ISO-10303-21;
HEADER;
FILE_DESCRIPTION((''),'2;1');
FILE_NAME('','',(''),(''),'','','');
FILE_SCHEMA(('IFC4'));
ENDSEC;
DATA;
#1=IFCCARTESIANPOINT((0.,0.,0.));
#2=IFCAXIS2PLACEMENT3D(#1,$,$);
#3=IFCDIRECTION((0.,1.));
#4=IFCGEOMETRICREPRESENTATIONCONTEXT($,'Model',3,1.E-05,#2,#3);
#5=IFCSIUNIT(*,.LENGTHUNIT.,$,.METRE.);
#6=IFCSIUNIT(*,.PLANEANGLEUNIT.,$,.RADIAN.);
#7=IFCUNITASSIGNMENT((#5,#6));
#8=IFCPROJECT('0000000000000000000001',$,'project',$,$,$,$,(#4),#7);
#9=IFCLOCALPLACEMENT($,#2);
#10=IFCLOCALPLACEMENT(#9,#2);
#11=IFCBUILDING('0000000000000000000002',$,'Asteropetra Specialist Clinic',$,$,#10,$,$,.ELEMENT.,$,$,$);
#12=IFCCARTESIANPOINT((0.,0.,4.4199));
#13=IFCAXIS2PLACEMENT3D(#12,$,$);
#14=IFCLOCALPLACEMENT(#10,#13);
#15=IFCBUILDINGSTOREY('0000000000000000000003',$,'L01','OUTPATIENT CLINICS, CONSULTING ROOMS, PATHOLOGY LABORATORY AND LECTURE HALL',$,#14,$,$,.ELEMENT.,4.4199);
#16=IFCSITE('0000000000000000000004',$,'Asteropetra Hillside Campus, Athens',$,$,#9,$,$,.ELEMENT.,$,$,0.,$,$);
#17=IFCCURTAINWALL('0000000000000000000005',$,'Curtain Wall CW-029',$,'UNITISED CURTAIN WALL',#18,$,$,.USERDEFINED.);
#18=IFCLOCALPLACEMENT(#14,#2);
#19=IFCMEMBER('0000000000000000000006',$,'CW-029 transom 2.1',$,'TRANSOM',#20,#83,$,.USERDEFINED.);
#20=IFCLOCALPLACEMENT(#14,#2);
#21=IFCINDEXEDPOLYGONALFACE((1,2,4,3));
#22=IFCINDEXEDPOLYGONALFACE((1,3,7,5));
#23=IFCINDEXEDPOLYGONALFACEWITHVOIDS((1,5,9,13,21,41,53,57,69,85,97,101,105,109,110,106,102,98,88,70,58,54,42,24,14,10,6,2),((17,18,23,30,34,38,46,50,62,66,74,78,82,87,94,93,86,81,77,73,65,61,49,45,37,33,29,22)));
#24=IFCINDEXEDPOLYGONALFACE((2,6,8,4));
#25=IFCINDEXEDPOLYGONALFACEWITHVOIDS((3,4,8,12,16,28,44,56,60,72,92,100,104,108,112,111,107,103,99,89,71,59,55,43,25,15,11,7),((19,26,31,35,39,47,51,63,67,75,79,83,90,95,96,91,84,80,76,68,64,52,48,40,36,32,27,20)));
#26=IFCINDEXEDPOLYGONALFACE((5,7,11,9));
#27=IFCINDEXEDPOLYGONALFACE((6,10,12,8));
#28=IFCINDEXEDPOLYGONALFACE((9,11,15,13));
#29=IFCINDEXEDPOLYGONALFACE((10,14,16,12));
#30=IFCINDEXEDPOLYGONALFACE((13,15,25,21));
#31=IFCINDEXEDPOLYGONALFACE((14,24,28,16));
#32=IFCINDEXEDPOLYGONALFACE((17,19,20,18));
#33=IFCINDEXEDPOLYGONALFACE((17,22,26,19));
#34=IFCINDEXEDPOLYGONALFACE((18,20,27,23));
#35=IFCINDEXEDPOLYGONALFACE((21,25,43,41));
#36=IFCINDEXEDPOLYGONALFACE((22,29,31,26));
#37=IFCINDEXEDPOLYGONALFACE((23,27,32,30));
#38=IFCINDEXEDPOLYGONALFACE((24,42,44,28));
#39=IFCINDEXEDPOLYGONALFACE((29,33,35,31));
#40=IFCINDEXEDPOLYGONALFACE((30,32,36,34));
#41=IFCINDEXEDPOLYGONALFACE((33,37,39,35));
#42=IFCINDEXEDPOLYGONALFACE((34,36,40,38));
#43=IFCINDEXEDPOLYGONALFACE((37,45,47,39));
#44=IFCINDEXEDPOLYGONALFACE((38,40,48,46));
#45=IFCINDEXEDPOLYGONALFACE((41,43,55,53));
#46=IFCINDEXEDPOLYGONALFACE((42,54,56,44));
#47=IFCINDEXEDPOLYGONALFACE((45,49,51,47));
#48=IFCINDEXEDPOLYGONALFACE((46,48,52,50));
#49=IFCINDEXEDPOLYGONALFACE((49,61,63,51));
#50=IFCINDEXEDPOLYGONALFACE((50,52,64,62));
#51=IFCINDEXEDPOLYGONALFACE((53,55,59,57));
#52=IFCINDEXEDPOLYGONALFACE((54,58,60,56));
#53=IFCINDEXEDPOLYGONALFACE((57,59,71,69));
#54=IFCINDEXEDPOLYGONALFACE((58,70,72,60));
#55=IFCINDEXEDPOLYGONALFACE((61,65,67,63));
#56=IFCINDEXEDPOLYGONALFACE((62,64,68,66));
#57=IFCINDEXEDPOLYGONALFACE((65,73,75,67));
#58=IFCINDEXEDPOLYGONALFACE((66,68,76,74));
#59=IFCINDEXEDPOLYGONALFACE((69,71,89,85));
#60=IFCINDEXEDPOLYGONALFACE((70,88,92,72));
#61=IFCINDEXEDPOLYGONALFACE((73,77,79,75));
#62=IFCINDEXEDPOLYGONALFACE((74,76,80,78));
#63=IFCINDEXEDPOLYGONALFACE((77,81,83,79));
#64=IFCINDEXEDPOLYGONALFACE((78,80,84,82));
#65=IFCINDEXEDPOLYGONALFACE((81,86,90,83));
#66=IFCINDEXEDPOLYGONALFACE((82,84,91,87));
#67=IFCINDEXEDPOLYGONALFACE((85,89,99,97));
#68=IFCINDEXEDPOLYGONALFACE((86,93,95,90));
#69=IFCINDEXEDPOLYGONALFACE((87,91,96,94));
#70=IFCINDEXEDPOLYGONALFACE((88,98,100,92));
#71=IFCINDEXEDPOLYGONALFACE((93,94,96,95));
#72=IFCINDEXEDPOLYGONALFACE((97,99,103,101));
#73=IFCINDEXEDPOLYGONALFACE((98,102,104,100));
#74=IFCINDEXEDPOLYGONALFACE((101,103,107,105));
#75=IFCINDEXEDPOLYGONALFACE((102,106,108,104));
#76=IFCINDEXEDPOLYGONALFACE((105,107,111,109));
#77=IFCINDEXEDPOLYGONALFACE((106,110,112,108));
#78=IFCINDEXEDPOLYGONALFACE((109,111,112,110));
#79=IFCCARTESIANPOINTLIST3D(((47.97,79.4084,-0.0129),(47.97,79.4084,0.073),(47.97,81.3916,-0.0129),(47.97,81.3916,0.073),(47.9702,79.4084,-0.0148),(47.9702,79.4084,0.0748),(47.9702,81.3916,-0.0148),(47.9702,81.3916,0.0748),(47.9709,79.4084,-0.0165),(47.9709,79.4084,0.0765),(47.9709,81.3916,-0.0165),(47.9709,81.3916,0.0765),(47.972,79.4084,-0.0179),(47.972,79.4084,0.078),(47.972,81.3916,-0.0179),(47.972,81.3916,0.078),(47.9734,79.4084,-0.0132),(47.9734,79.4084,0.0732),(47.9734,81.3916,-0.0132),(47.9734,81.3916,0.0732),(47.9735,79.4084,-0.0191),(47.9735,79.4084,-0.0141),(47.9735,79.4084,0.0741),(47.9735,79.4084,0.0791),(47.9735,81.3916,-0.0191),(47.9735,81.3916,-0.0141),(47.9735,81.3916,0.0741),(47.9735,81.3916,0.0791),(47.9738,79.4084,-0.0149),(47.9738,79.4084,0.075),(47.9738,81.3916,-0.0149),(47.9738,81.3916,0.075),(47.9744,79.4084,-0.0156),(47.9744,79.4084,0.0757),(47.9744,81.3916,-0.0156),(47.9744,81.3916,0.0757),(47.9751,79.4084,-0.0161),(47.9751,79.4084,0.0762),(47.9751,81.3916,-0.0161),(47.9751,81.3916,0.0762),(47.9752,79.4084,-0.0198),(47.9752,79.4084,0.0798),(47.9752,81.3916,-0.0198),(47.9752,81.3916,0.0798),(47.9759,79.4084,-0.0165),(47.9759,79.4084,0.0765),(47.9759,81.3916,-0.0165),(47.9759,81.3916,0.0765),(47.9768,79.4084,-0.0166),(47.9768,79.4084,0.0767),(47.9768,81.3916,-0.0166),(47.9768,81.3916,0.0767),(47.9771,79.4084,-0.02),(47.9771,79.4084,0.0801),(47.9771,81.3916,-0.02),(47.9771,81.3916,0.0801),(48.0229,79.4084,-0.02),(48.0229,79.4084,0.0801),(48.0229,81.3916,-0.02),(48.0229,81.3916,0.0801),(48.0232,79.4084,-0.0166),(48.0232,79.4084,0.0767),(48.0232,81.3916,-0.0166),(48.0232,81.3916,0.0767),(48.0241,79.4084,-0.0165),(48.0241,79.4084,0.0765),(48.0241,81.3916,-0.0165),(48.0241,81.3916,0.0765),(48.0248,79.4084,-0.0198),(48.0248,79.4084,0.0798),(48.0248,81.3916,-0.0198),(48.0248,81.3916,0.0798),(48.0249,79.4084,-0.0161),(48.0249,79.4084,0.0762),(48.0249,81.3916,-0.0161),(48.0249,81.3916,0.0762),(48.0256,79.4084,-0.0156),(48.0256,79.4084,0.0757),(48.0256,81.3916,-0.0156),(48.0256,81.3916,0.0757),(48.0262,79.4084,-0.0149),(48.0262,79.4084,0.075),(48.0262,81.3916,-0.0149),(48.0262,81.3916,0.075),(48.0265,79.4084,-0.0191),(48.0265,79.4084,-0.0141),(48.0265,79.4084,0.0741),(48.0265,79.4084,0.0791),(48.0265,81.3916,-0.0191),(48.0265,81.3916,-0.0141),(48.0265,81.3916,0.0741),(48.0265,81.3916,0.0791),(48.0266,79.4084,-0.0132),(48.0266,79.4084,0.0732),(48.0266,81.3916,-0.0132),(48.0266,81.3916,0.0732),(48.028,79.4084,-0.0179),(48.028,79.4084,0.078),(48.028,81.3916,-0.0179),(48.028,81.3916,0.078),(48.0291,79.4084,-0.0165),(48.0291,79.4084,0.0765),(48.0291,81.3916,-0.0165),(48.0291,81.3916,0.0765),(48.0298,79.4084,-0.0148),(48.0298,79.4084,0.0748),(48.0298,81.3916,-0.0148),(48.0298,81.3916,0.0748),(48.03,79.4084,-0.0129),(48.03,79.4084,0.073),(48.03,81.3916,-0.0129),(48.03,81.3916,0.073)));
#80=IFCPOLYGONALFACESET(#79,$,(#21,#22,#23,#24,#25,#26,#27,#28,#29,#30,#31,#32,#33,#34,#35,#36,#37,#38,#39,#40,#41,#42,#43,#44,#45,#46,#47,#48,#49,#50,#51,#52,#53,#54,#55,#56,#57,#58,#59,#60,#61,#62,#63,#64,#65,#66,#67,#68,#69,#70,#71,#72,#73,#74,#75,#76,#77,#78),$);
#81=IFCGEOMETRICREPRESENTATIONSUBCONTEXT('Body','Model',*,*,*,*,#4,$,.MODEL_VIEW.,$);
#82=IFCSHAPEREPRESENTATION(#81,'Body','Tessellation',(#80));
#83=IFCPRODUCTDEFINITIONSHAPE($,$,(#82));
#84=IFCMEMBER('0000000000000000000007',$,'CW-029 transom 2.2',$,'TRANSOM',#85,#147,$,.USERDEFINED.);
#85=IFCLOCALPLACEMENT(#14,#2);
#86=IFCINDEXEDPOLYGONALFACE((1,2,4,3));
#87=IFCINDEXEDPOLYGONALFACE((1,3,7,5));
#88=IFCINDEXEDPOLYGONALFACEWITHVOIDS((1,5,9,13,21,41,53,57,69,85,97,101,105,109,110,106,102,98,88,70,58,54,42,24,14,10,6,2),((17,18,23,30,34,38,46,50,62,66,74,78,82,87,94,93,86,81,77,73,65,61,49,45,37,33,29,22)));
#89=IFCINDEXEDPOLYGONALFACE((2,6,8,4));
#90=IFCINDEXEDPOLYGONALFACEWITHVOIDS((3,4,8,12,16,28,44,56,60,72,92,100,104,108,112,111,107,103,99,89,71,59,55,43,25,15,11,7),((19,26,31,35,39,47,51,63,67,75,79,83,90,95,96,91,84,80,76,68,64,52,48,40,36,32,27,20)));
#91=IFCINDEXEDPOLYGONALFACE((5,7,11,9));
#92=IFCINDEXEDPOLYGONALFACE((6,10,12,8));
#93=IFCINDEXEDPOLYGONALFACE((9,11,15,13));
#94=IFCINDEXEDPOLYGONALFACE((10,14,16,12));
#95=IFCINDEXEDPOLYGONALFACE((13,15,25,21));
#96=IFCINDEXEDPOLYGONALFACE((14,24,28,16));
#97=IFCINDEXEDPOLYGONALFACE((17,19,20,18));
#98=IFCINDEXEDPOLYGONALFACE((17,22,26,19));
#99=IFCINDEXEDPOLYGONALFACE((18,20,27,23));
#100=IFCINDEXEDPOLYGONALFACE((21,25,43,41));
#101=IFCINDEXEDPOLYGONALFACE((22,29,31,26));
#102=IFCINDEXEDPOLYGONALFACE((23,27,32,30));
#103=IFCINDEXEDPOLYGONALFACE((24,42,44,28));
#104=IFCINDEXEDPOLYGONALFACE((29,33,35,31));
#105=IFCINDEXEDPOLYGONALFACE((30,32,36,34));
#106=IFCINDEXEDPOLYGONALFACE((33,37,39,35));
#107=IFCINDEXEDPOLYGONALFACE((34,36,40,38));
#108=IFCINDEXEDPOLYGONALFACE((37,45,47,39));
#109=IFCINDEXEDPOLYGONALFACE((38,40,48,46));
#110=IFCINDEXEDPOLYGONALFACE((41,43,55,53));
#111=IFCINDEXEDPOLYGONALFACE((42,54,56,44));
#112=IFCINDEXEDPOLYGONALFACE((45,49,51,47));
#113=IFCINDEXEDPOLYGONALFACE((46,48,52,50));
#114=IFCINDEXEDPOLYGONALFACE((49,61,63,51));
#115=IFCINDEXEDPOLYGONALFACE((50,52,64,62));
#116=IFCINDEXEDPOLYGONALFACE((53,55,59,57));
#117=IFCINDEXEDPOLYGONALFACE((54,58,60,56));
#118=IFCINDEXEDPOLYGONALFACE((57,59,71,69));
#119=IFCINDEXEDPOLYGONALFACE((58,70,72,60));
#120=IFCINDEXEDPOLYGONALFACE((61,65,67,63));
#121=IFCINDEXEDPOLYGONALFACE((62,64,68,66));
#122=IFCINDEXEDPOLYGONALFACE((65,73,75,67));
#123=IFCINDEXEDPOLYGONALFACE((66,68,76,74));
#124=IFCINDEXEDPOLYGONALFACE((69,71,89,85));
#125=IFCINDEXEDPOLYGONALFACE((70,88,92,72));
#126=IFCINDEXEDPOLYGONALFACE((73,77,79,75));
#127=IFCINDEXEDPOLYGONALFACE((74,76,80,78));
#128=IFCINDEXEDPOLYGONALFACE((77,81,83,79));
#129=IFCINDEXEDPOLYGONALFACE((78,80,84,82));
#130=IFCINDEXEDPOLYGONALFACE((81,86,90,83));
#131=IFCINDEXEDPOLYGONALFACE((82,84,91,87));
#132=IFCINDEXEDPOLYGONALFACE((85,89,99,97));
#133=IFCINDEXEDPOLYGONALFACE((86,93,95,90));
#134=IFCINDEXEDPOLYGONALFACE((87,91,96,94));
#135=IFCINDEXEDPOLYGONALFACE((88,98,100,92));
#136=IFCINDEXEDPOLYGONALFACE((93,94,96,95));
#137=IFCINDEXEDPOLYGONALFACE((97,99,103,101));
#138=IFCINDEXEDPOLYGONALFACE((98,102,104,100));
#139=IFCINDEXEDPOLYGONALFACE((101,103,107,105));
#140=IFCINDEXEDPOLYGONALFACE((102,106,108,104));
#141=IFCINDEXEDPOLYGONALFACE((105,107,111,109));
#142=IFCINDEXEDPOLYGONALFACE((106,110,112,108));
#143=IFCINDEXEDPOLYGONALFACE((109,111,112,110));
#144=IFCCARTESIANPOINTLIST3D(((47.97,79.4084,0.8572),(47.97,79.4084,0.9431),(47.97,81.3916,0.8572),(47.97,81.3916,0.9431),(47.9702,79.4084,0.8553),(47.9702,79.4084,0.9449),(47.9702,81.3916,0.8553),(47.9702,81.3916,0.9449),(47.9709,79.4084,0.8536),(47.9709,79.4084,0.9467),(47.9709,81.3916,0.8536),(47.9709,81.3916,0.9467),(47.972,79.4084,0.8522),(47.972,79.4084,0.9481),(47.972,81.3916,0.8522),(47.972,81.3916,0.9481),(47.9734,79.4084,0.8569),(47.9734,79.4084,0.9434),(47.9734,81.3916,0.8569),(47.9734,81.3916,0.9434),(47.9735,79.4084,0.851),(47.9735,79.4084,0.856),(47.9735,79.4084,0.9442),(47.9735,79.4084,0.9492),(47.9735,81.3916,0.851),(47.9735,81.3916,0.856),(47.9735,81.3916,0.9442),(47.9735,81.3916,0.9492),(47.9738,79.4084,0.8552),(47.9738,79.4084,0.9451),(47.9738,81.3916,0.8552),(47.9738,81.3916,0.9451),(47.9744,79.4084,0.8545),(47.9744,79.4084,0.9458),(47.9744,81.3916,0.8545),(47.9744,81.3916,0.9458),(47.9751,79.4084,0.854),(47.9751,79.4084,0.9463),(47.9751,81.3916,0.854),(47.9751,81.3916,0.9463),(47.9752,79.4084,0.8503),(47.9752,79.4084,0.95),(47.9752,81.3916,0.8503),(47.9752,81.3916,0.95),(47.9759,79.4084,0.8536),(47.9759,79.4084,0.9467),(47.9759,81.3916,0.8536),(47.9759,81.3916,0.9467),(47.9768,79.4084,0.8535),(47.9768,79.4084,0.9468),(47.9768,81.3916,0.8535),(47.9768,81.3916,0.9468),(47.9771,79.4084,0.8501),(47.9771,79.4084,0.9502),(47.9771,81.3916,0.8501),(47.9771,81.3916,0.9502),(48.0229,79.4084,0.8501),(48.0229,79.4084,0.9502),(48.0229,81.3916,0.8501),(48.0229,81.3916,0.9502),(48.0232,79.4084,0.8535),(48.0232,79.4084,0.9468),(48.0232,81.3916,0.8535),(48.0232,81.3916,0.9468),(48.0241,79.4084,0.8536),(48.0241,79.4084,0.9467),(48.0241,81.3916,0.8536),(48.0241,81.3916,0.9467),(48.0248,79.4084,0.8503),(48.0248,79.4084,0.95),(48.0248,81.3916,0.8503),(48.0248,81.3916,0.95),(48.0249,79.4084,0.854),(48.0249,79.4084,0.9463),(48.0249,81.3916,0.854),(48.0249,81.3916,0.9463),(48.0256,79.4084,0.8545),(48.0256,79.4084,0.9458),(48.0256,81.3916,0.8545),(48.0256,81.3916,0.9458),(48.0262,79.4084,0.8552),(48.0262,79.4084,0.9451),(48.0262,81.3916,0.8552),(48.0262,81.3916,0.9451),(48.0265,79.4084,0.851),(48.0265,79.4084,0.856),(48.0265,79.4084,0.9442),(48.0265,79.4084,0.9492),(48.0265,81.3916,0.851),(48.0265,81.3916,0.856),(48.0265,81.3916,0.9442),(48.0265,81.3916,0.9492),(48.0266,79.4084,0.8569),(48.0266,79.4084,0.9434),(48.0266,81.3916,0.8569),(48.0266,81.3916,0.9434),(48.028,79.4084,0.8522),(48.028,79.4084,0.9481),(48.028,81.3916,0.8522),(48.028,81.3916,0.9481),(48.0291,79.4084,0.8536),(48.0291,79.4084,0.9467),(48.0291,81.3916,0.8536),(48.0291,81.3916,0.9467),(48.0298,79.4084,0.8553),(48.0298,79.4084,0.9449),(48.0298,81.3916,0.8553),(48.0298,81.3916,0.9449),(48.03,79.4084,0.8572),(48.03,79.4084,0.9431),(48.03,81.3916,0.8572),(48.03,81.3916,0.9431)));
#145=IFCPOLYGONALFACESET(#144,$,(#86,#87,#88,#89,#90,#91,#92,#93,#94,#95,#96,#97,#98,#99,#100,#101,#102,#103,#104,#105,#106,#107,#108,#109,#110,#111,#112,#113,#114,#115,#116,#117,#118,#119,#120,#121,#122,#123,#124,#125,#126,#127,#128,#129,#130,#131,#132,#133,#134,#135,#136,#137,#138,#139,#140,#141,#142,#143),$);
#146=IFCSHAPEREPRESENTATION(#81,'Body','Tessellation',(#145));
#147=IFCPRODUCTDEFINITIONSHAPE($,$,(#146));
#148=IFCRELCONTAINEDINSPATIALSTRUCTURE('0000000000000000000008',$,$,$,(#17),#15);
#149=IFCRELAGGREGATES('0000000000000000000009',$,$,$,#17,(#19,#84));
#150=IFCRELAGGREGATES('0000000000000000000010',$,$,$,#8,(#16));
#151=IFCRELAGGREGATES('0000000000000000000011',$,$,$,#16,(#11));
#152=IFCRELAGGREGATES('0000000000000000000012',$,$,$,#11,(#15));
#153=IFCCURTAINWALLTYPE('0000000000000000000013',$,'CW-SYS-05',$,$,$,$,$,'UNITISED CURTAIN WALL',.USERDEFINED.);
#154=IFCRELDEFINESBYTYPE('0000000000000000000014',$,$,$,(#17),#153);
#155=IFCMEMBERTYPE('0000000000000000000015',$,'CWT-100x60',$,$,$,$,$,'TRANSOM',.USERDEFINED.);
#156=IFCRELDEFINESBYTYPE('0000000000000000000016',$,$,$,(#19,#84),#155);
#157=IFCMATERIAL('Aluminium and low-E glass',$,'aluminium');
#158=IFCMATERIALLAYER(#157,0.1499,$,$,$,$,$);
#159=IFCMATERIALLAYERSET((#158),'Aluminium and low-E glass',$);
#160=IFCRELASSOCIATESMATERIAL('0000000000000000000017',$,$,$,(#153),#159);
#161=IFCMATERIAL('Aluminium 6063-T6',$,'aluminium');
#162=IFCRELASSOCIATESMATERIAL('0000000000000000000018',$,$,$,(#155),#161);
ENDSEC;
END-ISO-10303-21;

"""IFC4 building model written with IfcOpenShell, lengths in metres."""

from ifc_helpers import new_model, si_unit, direction, frame, origin, origin_2d, place, context, subcontext, project, spatial, hollow_rectangle, extrude, material, layer, layer_set, material_profile, profile_set, type_object, element, aggregate, save


model = new_model("IFC4")

# Units and contexts
model_context = context("Model", 3, precision=1e-05, world=origin(), true_north=direction((0.0, 1.0)))
body_context = subcontext(model_context, "Body", "Model", "MODEL_VIEW")
ifc_project = project(units=[si_unit("LENGTHUNIT", "METRE"), si_unit("PLANEANGLEUNIT", "RADIAN")], contexts=[model_context])

# Site, building, storey
site_placement = place(None, origin())
site = spatial("IfcSite", under=ifc_project, at=site_placement, Name="Asteropetra Hillside Campus, Athens", CompositionType="ELEMENT", RefElevation=0.0)
building_placement = place(site_placement, origin())
building = spatial("IfcBuilding", under=site, at=building_placement, Name="Asteropetra Specialist Clinic", CompositionType="ELEMENT")
storey_placement = place(building_placement, frame((0.0, 0.0, 4.4199)))
storey = spatial("IfcBuildingStorey", under=building, at=storey_placement, Name="L01", Description="OUTPATIENT CLINICS, CONSULTING ROOMS, PATHOLOGY LABORATORY AND LECTURE HALL", CompositionType="ELEMENT", Elevation=4.4199)

# Curtain wall
ifc_material_1 = material(Name="Aluminium and low-E glass", Category="aluminium")
ifc_layer_1 = layer(ifc_material_1, 0.1499)
ifc_layer_set_1 = layer_set([ifc_layer_1], Name="Aluminium and low-E glass")
curtain_wall_type_1 = type_object("IfcCurtainWallType", Name="CW-SYS-05", ElementType="UNITISED CURTAIN WALL", PredefinedType="USERDEFINED", material=ifc_layer_set_1)
curtain_wall_1_placement = place(storey_placement, origin())
curtain_wall_1 = element("IfcCurtainWall", 1, at=curtain_wall_1_placement, inside=storey, type_object=curtain_wall_type_1, Name="Curtain Wall CW-029", ObjectType="UNITISED CURTAIN WALL", PredefinedType="USERDEFINED")

# Members
ifc_material_2 = material(Name="Aluminium 6063-T6", Category="aluminium")
ifc_material_profile_1 = material_profile(ifc_material_2, hollow_rectangle(XDim=0.0601, YDim=0.1001, WallThickness=0.0034, InnerFilletRadius=0.0034, OuterFilletRadius=0.0071, at=origin_2d()), Name="TRN 100x60x3.5")
ifc_profile_set_1 = profile_set([ifc_material_profile_1], Name="Aluminium 6063-T6")
member_type_1 = type_object("IfcMemberType", Name="CWT-100x60", ElementType="TRANSOM", PredefinedType="USERDEFINED", material=ifc_profile_set_1)
member_1_placement = place(storey_placement, frame((48.0, 81.3916, 0.03), z_axis=(0.0, -1.0, 0.0), x_axis=(1.0, 0.0, 0.0)))
member_1 = element("IfcMember", 2, at=member_1_placement, type_object=member_type_1, Name="CW-029 transom 2.1", ObjectType="TRANSOM", PredefinedType="USERDEFINED", context=body_context, shape_type="SweptSolid", body=[
    extrude(hollow_rectangle(XDim=0.0601, YDim=0.1001, WallThickness=0.0034, InnerFilletRadius=0.0034, OuterFilletRadius=0.0071, at=origin_2d()), origin(), (0.0, 0.0, 1.0), 1.9832),
])
member_2_placement = place(storey_placement, frame((48.0, 81.3916, 0.9001), z_axis=(0.0, -1.0, 0.0), x_axis=(1.0, 0.0, 0.0)))
member_2 = element("IfcMember", 3, at=member_2_placement, type_object=member_type_1, Name="CW-029 transom 2.2", ObjectType="TRANSOM", PredefinedType="USERDEFINED", context=body_context, shape_type="SweptSolid", body=[
    extrude(hollow_rectangle(XDim=0.0601, YDim=0.1001, WallThickness=0.0034, InnerFilletRadius=0.0034, OuterFilletRadius=0.0071, at=origin_2d()), origin(), (0.0, 0.0, 1.0), 1.9832),
])

aggregate(curtain_wall_1, [member_1, member_2])

save(model, "model.ifc")
